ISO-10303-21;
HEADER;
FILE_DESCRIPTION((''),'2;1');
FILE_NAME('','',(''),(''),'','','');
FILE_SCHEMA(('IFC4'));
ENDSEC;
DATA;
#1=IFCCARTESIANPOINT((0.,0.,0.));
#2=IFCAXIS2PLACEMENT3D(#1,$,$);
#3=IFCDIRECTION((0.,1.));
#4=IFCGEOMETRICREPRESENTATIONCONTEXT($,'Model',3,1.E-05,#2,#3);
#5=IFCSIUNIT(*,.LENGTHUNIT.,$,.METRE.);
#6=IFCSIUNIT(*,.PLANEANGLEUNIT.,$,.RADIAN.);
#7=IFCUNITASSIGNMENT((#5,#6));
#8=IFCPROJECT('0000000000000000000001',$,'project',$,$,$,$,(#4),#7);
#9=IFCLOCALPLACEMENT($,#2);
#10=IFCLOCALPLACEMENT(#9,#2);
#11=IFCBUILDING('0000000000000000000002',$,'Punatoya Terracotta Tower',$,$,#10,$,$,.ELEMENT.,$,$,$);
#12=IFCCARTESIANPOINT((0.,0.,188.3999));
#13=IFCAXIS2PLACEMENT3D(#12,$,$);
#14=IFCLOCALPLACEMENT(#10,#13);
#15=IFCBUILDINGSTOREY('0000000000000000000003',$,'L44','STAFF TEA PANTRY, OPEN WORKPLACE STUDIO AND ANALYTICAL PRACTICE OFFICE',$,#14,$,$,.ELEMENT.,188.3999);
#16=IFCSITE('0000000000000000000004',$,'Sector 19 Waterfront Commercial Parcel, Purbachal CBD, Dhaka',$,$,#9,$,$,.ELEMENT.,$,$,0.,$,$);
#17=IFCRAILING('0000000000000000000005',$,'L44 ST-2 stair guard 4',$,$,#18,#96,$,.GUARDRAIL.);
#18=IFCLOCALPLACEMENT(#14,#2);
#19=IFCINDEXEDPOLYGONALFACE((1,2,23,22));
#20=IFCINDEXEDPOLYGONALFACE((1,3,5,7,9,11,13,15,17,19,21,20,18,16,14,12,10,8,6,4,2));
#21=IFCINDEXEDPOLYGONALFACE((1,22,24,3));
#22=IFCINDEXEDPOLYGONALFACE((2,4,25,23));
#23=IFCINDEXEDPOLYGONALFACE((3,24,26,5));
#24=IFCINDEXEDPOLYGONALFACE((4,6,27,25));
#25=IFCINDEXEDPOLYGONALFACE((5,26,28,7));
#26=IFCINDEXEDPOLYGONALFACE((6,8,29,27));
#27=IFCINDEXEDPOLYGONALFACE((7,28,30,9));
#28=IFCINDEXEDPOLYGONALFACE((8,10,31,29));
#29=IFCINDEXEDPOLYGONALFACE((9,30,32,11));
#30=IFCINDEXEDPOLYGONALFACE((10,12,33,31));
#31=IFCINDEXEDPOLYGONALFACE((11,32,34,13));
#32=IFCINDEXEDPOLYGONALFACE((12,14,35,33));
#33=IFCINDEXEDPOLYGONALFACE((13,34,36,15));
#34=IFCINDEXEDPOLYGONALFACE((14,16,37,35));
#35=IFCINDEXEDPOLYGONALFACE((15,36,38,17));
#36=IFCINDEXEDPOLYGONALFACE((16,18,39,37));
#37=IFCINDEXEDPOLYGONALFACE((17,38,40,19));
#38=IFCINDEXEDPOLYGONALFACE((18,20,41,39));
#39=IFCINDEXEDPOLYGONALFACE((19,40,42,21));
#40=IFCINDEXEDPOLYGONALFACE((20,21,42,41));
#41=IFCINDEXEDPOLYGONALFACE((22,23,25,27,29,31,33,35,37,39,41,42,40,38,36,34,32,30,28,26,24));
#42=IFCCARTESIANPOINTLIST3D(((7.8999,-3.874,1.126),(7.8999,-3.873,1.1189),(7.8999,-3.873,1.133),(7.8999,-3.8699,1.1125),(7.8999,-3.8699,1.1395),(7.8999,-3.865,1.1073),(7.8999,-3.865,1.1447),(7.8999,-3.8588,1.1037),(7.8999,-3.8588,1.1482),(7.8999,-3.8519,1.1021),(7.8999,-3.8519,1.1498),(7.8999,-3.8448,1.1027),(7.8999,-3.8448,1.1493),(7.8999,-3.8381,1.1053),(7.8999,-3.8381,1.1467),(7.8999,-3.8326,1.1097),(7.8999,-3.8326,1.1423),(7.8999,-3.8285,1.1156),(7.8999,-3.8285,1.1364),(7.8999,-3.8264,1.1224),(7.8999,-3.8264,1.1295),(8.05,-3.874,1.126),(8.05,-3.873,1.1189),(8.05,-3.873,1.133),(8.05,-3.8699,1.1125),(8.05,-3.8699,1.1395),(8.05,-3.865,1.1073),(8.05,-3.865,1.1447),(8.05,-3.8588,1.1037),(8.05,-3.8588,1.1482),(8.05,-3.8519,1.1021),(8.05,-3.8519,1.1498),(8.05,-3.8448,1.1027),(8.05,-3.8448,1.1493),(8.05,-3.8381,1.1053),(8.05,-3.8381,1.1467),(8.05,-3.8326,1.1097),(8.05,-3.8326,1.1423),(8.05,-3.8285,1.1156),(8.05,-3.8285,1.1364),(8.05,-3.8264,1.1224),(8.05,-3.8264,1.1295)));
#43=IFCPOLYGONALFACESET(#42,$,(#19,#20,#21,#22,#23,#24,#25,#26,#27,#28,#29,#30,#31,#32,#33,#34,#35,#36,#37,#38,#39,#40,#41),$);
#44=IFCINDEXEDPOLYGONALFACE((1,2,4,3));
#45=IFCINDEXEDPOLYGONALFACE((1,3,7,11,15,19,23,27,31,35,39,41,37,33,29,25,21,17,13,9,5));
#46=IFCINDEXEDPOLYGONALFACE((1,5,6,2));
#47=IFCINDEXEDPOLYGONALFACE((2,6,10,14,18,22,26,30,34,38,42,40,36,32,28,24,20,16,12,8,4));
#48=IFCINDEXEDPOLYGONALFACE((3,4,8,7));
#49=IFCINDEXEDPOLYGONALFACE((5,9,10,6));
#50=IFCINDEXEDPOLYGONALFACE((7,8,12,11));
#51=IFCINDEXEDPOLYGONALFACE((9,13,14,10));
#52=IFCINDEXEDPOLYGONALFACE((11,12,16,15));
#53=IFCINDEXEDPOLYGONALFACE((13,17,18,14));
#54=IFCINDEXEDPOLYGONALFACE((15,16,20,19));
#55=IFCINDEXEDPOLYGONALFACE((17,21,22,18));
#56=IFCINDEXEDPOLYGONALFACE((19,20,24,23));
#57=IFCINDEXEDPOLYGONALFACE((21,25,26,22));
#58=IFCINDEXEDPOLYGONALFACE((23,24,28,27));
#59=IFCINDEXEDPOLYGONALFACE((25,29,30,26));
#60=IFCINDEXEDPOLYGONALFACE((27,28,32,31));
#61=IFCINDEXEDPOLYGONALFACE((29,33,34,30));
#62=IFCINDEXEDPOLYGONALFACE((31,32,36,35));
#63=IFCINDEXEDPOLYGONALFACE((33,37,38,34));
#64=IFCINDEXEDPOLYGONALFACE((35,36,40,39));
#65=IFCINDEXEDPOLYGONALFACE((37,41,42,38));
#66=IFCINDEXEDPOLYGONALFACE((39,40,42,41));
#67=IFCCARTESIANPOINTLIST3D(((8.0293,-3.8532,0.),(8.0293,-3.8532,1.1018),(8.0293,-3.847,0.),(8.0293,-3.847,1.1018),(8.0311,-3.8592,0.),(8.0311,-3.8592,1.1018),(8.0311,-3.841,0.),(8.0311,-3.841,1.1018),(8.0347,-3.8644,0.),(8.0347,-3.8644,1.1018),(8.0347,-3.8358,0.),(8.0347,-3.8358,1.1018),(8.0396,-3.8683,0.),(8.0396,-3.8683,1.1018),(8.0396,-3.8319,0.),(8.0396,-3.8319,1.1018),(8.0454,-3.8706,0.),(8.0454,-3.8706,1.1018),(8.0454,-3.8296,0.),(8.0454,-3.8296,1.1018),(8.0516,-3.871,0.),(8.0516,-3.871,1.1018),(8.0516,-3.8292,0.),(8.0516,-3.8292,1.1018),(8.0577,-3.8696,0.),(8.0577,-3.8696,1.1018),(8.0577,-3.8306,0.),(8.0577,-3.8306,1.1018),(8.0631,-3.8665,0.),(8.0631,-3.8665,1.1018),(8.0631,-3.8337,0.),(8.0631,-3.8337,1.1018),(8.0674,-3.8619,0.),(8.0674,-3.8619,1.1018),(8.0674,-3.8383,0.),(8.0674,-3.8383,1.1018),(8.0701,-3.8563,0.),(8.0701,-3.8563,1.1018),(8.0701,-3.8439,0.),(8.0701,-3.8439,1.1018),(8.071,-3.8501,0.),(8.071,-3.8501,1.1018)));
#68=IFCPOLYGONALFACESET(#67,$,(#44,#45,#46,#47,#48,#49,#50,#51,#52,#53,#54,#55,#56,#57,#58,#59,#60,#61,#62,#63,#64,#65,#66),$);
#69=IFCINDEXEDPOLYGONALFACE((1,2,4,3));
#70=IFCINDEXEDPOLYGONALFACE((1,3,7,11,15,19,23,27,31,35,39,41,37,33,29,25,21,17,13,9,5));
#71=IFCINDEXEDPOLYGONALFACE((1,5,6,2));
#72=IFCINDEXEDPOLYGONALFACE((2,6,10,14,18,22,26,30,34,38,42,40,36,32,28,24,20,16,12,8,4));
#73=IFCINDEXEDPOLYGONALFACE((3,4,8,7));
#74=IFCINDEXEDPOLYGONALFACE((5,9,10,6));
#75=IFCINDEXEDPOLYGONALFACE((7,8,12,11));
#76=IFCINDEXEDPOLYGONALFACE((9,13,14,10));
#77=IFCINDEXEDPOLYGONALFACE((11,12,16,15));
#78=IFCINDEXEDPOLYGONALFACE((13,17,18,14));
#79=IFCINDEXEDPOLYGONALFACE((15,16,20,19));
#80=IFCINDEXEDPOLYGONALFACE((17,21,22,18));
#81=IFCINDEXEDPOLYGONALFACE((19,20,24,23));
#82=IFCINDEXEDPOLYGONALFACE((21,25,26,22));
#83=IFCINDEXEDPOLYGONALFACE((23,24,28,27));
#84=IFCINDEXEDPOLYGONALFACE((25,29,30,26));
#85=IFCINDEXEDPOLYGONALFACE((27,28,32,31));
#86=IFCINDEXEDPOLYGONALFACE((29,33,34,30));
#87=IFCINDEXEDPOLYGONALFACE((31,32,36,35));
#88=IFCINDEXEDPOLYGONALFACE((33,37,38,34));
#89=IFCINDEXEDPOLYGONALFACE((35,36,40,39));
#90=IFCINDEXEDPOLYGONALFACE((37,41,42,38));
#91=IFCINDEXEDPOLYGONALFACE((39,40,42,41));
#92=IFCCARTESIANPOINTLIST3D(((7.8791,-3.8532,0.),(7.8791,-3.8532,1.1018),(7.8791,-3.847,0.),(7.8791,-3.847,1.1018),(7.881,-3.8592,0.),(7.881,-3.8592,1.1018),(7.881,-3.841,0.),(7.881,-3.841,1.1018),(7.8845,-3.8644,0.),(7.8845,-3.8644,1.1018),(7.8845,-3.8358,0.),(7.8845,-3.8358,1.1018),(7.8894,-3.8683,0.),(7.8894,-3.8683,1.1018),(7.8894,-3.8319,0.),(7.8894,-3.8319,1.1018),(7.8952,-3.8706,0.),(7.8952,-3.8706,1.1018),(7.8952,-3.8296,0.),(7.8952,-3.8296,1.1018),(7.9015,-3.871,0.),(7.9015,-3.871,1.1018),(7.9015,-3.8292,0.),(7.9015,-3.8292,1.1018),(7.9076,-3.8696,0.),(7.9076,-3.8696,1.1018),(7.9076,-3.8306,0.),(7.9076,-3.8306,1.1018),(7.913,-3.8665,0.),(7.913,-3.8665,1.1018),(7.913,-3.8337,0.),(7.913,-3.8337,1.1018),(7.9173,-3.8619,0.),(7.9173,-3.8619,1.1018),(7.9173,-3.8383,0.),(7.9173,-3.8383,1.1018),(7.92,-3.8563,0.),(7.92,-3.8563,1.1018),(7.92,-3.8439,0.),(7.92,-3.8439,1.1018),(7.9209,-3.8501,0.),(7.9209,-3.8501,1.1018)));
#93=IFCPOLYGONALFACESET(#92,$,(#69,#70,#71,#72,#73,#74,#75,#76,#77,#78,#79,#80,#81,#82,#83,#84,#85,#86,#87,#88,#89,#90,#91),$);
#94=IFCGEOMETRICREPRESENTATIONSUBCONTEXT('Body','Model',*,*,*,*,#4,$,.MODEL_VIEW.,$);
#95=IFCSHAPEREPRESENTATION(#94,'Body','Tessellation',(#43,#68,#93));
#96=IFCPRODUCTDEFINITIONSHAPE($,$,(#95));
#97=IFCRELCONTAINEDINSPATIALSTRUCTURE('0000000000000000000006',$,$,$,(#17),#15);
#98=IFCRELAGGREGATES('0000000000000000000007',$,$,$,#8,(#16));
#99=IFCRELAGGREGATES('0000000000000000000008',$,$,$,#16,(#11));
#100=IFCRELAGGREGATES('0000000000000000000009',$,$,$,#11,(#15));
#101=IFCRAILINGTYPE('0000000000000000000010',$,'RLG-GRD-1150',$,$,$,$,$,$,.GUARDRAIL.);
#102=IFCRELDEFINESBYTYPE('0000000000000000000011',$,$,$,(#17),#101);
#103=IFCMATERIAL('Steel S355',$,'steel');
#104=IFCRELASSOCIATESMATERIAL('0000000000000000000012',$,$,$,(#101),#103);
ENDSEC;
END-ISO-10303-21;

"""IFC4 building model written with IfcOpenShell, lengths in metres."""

from ifc_helpers import new_model, si_unit, direction, frame, origin, origin_2d, place, context, subcontext, project, spatial, circle, extrude, material, type_object, element, save


model = new_model("IFC4")

# Units and contexts
model_context = context("Model", 3, precision=1e-05, world=origin(), true_north=direction((0.0, 1.0)))
body_context = subcontext(model_context, "Body", "Model", "MODEL_VIEW")
ifc_project = project(units=[si_unit("LENGTHUNIT", "METRE"), si_unit("PLANEANGLEUNIT", "RADIAN")], contexts=[model_context])

# Site, building, storey
site_placement = place(None, origin())
site = spatial("IfcSite", under=ifc_project, at=site_placement, Name="Sector 19 Waterfront Commercial Parcel, Purbachal CBD, Dhaka", CompositionType="ELEMENT", RefElevation=0.0)
building_placement = place(site_placement, origin())
building = spatial("IfcBuilding", under=site, at=building_placement, Name="Punatoya Terracotta Tower", CompositionType="ELEMENT")
storey_placement = place(building_placement, frame((0.0, 0.0, 188.3999)))
storey = spatial("IfcBuildingStorey", under=building, at=storey_placement, Name="L44", Description="STAFF TEA PANTRY, OPEN WORKPLACE STUDIO AND ANALYTICAL PRACTICE OFFICE", CompositionType="ELEMENT", Elevation=188.3999)

# Shared definitions
ifc_material_1 = material(Name="Steel S355", Category="steel")

# Railing
railing_type_1 = type_object("IfcRailingType", Name="RLG-GRD-1150", PredefinedType="GUARDRAIL", material=ifc_material_1)
railing_1_placement = place(storey_placement, frame((8.05, -3.8501, 0.0)))
element("IfcRailing", 1, at=railing_1_placement, inside=storey, type_object=railing_type_1, Name="L44 ST-2 stair guard 4", PredefinedType="GUARDRAIL", context=body_context, shape_type="SweptSolid", body=[
    extrude(circle(Radius=0.0239, at=origin_2d()), frame((0.0, 0.0, 1.126), z_axis=(-1.0, 0.0, 0.0), x_axis=(0.0, -1.0, 0.0)), (0.0, 0.0, 1.0), 0.1501),
    extrude(circle(Radius=0.021, at=origin_2d()), origin(), (0.0, 0.0, 1.0), 1.1018),
    extrude(circle(Radius=0.021, at=origin_2d()), frame((-0.1501, 0.0, 0.0)), (0.0, 0.0, 1.0), 1.1018),
])

save(model, "model.ifc")
